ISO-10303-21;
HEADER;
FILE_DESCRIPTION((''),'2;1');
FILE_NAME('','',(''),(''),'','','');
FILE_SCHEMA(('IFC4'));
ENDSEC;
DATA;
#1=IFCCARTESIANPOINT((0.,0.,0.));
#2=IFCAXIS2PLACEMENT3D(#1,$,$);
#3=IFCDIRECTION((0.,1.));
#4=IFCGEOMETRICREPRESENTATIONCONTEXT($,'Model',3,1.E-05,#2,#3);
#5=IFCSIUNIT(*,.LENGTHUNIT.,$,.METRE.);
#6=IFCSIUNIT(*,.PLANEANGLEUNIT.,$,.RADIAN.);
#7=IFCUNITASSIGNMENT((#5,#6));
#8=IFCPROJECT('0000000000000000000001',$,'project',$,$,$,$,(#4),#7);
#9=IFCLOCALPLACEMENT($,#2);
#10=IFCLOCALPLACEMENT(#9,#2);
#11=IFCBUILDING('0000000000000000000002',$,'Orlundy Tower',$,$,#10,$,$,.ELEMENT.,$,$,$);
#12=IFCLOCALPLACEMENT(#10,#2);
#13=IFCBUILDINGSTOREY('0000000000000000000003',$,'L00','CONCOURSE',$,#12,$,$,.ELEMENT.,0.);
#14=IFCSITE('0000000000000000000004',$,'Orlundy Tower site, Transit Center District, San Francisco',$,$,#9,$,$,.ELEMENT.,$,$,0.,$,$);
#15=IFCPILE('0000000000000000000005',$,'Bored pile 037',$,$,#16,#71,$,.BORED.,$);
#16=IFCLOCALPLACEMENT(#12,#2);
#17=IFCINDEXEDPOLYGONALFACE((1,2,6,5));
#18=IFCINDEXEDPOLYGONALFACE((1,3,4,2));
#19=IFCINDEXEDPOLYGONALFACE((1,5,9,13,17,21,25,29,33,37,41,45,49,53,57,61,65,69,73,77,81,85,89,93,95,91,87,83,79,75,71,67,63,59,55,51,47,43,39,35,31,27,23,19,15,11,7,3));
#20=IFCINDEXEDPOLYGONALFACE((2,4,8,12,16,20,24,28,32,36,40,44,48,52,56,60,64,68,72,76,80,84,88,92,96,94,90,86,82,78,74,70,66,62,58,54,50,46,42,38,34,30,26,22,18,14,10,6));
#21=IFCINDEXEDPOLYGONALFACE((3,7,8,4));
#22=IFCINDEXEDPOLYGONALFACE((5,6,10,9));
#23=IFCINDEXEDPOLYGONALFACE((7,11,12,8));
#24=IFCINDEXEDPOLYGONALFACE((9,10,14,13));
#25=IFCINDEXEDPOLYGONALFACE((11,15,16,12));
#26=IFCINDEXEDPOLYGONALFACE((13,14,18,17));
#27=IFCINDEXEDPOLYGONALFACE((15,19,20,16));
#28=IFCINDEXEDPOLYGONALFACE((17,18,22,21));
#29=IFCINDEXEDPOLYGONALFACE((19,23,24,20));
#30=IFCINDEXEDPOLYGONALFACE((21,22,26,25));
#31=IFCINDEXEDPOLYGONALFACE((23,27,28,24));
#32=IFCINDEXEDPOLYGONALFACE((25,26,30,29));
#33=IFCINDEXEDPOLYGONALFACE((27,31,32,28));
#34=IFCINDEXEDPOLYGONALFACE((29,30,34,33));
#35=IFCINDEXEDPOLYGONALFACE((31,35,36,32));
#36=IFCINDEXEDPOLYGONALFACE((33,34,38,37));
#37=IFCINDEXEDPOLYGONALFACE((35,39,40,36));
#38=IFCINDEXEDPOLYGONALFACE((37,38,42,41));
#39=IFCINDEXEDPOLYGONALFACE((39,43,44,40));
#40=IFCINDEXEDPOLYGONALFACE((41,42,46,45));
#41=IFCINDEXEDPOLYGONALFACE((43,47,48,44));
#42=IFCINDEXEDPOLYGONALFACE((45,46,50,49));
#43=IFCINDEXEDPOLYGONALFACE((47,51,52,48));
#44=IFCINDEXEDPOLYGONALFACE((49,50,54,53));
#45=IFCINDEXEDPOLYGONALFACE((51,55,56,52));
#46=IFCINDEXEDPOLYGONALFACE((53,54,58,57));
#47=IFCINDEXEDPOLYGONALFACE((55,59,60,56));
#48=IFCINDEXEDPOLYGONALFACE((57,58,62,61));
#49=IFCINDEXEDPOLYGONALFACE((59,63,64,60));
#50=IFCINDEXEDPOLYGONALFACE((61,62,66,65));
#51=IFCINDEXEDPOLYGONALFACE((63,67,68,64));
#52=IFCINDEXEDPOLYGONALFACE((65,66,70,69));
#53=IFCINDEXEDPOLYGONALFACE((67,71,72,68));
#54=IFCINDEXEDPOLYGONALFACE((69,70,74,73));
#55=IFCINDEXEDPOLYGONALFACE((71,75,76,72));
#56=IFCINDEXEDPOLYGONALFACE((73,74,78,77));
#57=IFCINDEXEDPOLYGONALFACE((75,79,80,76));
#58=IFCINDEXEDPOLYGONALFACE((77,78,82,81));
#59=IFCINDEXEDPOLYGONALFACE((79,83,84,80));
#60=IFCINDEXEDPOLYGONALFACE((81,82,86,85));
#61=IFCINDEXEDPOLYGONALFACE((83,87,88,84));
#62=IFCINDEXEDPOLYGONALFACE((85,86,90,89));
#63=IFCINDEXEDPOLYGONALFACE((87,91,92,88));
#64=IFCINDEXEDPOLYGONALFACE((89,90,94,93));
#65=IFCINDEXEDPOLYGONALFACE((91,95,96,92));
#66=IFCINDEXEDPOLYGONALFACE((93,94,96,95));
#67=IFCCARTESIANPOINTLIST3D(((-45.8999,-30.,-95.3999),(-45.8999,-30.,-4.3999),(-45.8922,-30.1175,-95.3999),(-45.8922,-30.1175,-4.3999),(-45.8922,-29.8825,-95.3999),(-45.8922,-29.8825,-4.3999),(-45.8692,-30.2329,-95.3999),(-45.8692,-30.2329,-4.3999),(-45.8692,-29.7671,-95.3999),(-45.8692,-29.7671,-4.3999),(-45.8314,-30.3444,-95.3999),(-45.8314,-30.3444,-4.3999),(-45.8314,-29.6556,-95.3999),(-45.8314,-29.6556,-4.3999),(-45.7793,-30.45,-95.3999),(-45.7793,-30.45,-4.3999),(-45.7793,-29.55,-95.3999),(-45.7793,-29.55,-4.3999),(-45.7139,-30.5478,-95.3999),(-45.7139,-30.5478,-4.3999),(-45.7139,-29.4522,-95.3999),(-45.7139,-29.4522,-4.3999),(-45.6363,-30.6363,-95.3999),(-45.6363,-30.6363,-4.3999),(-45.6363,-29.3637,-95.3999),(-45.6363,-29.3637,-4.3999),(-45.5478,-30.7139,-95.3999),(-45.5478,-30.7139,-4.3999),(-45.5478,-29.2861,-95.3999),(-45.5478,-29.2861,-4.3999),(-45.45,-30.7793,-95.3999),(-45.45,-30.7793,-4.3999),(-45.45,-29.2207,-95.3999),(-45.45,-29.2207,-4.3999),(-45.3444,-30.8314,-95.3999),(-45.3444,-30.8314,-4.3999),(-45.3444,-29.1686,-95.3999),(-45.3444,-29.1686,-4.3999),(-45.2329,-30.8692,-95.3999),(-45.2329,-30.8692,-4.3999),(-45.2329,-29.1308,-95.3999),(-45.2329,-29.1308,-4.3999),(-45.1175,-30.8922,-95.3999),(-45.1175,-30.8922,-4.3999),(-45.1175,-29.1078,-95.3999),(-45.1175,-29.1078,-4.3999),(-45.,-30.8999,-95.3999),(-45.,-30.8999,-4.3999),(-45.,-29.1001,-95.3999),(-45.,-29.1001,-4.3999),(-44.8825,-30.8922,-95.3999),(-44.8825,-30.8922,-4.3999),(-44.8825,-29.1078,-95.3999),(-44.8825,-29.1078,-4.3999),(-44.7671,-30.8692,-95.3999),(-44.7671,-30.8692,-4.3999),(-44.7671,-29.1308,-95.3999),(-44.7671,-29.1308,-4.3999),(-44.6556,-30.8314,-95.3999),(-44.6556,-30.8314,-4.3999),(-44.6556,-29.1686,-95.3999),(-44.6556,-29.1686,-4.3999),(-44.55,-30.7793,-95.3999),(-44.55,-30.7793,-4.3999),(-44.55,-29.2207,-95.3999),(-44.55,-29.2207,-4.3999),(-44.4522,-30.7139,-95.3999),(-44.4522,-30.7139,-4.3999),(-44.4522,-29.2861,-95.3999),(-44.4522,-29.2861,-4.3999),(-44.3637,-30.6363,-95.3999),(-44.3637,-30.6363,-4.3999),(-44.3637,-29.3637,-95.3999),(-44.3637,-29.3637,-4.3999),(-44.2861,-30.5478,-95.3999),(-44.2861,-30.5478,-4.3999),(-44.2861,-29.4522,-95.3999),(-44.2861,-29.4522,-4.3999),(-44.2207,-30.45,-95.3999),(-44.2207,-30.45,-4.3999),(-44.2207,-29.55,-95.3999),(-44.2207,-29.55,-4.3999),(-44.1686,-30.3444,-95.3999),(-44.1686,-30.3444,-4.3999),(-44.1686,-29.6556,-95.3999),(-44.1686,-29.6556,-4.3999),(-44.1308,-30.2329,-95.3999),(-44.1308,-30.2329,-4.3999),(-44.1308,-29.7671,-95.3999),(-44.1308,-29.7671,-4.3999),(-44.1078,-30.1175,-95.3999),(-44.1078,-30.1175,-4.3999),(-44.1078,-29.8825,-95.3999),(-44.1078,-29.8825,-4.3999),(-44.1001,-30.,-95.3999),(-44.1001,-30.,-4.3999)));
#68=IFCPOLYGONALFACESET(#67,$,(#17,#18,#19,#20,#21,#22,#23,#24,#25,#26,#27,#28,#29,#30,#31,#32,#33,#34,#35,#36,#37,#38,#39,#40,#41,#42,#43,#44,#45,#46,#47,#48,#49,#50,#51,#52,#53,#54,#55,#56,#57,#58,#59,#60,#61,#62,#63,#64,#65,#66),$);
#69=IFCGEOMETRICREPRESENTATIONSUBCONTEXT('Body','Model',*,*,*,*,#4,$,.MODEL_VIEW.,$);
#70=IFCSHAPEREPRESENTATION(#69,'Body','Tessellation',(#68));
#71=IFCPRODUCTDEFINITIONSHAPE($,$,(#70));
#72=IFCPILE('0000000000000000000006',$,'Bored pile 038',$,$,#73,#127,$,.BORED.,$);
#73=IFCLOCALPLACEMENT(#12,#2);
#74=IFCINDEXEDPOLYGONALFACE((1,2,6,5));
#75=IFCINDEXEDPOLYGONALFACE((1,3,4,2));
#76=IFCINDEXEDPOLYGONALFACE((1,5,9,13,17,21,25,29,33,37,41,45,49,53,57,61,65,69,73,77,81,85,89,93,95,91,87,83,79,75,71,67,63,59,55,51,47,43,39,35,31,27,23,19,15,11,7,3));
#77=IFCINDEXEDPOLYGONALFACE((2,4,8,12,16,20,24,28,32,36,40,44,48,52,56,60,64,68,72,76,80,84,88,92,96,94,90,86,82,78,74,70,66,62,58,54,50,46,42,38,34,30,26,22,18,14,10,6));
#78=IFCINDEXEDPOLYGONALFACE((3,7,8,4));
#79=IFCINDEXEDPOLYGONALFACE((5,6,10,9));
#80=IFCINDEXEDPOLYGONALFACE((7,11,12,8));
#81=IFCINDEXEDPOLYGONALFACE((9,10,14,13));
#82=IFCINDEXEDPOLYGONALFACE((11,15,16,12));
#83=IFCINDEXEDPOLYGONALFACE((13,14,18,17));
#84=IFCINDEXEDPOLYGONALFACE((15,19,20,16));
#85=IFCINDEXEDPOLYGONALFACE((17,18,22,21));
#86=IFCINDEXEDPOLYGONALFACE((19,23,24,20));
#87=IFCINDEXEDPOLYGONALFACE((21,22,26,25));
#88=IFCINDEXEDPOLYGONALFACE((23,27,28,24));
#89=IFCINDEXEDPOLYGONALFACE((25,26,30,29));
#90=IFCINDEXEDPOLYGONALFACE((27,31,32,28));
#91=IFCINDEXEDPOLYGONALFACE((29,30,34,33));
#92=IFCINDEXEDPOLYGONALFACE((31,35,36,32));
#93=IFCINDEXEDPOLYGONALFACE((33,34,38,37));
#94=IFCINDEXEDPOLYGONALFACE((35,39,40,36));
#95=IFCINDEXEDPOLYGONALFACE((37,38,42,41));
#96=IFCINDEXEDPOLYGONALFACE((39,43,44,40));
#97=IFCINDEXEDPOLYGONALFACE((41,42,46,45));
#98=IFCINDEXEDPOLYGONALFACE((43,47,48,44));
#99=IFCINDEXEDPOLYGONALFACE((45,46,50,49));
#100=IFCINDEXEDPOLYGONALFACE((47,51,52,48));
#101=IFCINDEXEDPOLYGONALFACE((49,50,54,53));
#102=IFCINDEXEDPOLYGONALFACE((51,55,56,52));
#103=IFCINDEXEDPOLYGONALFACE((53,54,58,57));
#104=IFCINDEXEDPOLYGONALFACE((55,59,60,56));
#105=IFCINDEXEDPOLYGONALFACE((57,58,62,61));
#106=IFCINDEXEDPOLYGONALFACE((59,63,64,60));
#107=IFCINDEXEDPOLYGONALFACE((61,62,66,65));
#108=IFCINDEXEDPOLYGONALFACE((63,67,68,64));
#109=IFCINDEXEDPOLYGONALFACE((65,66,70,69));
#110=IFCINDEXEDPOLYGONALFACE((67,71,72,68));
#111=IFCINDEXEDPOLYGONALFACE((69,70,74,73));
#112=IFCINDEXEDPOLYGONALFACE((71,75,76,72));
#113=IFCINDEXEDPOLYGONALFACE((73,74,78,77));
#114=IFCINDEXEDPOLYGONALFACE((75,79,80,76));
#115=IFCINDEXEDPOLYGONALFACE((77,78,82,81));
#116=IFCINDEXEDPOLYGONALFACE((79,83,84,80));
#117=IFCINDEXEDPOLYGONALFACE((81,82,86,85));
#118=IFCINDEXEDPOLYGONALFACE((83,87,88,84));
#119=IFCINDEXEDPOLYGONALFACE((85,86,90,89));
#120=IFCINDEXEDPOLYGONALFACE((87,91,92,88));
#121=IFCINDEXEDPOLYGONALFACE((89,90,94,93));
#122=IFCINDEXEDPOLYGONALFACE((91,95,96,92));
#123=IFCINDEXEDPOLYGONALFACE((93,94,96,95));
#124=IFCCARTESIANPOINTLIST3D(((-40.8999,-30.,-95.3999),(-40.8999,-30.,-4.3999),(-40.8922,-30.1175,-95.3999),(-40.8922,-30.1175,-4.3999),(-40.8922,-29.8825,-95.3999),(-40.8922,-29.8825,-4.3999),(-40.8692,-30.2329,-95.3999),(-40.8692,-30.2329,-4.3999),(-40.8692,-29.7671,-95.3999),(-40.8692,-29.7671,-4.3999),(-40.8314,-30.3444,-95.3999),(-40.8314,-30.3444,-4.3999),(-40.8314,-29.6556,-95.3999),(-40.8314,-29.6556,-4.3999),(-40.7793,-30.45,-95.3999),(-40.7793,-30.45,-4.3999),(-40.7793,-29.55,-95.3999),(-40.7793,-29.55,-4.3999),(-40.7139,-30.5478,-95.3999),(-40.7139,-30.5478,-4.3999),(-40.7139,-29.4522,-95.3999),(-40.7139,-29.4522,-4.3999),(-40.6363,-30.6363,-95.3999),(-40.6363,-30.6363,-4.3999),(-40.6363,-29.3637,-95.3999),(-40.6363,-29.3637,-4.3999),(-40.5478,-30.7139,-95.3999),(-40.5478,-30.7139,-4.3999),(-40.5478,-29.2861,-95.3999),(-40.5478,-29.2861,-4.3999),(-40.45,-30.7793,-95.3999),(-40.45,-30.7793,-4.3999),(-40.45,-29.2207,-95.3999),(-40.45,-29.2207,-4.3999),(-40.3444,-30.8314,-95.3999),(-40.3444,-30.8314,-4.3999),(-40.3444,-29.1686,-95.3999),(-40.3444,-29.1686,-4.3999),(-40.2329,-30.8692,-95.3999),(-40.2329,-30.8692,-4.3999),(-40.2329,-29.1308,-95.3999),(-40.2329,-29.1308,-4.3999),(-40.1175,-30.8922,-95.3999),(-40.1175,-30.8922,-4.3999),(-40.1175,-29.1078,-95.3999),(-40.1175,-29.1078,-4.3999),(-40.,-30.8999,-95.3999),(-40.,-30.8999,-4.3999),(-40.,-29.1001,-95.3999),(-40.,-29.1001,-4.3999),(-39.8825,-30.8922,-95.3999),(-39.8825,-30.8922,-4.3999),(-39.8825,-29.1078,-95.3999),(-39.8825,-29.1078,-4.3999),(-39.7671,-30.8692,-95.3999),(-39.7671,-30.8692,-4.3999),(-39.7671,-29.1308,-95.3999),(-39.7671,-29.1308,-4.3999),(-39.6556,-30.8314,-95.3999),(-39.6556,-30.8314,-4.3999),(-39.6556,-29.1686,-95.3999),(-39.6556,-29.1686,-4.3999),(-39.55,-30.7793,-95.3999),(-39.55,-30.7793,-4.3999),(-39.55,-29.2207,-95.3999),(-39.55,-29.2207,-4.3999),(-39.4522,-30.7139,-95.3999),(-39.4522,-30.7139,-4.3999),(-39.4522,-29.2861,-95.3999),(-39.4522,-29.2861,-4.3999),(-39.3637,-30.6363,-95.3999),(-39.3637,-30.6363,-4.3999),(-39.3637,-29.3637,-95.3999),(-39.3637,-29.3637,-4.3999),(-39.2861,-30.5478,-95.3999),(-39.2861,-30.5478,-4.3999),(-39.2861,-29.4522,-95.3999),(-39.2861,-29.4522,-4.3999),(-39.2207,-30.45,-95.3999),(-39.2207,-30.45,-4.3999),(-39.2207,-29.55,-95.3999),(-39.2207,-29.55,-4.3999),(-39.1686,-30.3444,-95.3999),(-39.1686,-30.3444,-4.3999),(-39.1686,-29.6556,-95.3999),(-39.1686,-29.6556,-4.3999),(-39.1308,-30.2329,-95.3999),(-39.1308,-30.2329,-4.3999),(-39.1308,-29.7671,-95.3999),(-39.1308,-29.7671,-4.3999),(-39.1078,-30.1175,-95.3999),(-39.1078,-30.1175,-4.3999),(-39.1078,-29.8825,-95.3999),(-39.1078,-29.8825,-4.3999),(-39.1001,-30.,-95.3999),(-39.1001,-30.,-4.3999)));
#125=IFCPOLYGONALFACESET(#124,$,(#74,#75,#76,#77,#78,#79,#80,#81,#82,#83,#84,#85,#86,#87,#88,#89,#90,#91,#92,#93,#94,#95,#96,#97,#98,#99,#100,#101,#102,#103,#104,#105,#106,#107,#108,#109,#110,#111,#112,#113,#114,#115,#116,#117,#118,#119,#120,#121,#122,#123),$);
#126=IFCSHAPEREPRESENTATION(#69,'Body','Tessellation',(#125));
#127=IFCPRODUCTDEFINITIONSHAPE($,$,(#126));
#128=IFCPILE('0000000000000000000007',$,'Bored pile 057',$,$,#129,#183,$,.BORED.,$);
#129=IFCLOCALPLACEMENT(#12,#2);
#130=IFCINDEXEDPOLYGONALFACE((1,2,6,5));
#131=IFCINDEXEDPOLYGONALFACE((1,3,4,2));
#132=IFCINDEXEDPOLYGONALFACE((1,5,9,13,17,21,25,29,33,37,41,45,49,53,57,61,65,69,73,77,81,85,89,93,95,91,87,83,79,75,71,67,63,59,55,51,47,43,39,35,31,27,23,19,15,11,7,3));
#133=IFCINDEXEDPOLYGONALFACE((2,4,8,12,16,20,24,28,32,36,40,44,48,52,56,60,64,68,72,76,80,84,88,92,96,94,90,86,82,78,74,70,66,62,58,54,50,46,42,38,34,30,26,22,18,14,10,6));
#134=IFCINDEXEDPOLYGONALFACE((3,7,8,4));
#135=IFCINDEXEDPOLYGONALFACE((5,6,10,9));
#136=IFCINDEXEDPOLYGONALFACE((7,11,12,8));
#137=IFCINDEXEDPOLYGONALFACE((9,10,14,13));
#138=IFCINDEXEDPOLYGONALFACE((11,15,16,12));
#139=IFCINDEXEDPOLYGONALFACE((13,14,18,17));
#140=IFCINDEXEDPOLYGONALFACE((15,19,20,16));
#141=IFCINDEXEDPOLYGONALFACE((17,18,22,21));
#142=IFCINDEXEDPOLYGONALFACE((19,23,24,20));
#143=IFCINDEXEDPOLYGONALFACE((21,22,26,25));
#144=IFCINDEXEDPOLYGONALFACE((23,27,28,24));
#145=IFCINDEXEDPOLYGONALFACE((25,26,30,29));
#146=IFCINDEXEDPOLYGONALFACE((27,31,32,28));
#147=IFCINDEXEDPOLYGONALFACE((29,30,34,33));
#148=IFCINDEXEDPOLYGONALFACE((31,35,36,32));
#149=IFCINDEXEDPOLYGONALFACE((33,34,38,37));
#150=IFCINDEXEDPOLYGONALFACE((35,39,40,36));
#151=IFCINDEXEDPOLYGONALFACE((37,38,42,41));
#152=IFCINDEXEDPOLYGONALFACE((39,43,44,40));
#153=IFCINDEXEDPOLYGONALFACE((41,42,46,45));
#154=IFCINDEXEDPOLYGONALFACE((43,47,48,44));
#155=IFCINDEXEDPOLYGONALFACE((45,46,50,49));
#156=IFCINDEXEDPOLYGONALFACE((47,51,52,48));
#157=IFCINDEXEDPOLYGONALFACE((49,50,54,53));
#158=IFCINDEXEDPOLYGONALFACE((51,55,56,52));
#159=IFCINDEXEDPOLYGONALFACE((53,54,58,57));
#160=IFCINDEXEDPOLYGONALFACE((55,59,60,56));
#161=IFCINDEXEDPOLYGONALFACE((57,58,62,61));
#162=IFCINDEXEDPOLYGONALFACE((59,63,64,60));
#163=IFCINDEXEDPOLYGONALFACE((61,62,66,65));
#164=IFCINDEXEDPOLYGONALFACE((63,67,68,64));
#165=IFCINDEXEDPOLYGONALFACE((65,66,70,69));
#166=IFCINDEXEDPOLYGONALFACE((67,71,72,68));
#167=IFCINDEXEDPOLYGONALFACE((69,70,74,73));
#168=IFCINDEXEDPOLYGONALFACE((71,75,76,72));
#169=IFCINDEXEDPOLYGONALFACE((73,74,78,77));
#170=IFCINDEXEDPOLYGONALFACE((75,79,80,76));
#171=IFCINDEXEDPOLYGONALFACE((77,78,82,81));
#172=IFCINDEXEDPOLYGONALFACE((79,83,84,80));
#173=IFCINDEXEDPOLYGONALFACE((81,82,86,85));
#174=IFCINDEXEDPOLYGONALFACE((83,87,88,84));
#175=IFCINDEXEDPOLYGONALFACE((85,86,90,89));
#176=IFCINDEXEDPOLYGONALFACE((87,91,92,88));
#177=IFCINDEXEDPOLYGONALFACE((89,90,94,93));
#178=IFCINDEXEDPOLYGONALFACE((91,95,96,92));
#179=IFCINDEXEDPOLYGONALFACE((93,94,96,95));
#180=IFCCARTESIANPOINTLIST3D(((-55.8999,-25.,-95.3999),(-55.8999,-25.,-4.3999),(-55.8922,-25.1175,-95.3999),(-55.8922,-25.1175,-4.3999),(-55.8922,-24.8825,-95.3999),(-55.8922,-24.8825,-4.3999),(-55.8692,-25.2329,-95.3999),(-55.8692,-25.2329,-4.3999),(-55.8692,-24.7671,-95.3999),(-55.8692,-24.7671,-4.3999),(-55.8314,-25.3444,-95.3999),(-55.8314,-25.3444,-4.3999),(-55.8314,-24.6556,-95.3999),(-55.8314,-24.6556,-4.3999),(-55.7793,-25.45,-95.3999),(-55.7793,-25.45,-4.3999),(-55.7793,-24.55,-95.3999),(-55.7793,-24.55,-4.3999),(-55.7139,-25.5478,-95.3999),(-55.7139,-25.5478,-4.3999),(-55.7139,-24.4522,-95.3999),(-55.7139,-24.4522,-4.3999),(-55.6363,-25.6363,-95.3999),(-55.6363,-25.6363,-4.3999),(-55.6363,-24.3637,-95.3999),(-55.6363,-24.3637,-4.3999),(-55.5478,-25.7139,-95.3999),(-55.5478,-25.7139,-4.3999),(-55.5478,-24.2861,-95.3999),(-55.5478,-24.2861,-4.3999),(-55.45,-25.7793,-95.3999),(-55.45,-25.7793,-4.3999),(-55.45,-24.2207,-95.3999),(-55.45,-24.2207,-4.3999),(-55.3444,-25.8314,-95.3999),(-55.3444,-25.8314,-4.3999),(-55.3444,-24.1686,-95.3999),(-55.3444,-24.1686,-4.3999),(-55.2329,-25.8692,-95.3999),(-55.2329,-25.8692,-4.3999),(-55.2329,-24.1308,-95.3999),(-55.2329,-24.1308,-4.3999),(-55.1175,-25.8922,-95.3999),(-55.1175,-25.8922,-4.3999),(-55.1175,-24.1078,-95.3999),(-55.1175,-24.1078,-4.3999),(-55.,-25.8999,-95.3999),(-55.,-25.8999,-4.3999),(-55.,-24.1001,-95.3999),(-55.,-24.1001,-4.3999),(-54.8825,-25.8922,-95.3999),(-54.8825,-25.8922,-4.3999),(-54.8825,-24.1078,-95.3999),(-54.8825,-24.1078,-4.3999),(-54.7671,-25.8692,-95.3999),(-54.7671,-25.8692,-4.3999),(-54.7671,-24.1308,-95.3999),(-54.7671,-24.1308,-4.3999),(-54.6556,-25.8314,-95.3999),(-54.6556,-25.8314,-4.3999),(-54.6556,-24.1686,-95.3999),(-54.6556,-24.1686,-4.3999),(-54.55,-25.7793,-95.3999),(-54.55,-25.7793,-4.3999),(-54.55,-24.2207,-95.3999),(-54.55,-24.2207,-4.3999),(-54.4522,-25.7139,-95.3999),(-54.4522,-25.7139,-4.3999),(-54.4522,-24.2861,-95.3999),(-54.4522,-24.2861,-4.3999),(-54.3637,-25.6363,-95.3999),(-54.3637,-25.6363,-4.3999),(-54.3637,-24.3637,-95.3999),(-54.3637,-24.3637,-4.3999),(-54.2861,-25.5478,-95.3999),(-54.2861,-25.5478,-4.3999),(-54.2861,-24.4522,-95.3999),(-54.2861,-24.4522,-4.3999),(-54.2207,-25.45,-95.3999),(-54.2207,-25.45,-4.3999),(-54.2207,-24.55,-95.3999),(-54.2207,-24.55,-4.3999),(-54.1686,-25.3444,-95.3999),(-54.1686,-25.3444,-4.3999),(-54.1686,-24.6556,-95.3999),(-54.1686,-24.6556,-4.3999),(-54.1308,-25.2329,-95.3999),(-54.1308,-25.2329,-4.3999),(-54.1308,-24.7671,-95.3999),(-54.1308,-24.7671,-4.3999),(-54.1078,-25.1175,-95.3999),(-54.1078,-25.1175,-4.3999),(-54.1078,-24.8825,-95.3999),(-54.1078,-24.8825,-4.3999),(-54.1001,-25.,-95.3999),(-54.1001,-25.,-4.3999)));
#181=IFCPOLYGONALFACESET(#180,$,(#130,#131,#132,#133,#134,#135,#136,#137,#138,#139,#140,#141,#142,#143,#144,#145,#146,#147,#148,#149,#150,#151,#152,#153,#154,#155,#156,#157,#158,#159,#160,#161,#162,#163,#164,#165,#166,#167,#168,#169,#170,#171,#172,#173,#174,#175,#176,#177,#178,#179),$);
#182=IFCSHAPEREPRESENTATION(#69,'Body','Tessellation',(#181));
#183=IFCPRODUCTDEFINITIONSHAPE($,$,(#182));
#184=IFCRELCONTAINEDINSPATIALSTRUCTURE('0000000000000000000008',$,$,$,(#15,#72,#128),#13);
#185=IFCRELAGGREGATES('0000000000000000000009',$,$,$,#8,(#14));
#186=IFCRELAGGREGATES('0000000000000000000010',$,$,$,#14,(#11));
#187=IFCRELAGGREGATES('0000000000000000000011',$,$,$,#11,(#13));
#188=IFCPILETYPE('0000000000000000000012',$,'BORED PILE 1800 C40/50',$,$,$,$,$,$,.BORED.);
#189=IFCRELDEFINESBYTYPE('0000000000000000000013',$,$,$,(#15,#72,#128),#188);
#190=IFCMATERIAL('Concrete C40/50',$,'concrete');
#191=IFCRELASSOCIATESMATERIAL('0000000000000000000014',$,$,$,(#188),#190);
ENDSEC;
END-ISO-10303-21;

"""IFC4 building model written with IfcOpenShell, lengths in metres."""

from ifc_helpers import new_model, si_unit, direction, frame, origin, origin_2d, place, context, subcontext, project, spatial, circle, extrude, material, material_profile, profile_set, type_object, element, save


model = new_model("IFC4")

# Units and contexts
model_context = context("Model", 3, precision=1e-05, world=origin(), true_north=direction((0.0, 1.0)))
body_context = subcontext(model_context, "Body", "Model", "MODEL_VIEW")
ifc_project = project(units=[si_unit("LENGTHUNIT", "METRE"), si_unit("PLANEANGLEUNIT", "RADIAN")], contexts=[model_context])

# Site, building, storey
site_placement = place(None, origin())
site = spatial("IfcSite", under=ifc_project, at=site_placement, Name="Orlundy Tower site, Transit Center District, San Francisco", CompositionType="ELEMENT", RefElevation=0.0)
building_placement = place(site_placement, origin())
building = spatial("IfcBuilding", under=site, at=building_placement, Name="Orlundy Tower", CompositionType="ELEMENT")
storey_placement = place(building_placement, origin())
storey = spatial("IfcBuildingStorey", under=building, at=storey_placement, Name="L00", Description="CONCOURSE", CompositionType="ELEMENT", Elevation=0.0)

# Piles
ifc_material_1 = material(Name="Concrete C40/50", Category="concrete")
ifc_material_profile_1 = material_profile(ifc_material_1, circle(Radius=0.8999, at=origin_2d()), Name="BP1800")
ifc_profile_set_1 = profile_set([ifc_material_profile_1], Name="Concrete C40/50")
pile_type = type_object("IfcPileType", Name="BORED PILE 1800 C40/50", PredefinedType="BORED", material=ifc_profile_set_1)
for number, where, z_axis, x_axis, name in (
    (1, (-45.0, -30.0, -4.3999), (0.0, 0.0, -1.0), (1.0, 0.0, 0.0), "Bored pile 037"),
    (2, (-40.0, -30.0, -4.3999), (0.0, 0.0, -1.0), (1.0, 0.0, 0.0), "Bored pile 038"),
    (3, (-55.0, -25.0, -4.3999), (0.0, 0.0, -1.0), (1.0, 0.0, 0.0), "Bored pile 057"),
):
    element("IfcPile", number, at=place(storey_placement, frame(where, z_axis=z_axis, x_axis=x_axis)), inside=storey, type_object=pile_type, Name=name, PredefinedType="BORED", context=body_context, shape_type="SweptSolid", body=[
        extrude(circle(Radius=0.8999, at=origin_2d()), origin(), (0.0, 0.0, 1.0), 91.0),
    ])

save(model, "model.ifc")
